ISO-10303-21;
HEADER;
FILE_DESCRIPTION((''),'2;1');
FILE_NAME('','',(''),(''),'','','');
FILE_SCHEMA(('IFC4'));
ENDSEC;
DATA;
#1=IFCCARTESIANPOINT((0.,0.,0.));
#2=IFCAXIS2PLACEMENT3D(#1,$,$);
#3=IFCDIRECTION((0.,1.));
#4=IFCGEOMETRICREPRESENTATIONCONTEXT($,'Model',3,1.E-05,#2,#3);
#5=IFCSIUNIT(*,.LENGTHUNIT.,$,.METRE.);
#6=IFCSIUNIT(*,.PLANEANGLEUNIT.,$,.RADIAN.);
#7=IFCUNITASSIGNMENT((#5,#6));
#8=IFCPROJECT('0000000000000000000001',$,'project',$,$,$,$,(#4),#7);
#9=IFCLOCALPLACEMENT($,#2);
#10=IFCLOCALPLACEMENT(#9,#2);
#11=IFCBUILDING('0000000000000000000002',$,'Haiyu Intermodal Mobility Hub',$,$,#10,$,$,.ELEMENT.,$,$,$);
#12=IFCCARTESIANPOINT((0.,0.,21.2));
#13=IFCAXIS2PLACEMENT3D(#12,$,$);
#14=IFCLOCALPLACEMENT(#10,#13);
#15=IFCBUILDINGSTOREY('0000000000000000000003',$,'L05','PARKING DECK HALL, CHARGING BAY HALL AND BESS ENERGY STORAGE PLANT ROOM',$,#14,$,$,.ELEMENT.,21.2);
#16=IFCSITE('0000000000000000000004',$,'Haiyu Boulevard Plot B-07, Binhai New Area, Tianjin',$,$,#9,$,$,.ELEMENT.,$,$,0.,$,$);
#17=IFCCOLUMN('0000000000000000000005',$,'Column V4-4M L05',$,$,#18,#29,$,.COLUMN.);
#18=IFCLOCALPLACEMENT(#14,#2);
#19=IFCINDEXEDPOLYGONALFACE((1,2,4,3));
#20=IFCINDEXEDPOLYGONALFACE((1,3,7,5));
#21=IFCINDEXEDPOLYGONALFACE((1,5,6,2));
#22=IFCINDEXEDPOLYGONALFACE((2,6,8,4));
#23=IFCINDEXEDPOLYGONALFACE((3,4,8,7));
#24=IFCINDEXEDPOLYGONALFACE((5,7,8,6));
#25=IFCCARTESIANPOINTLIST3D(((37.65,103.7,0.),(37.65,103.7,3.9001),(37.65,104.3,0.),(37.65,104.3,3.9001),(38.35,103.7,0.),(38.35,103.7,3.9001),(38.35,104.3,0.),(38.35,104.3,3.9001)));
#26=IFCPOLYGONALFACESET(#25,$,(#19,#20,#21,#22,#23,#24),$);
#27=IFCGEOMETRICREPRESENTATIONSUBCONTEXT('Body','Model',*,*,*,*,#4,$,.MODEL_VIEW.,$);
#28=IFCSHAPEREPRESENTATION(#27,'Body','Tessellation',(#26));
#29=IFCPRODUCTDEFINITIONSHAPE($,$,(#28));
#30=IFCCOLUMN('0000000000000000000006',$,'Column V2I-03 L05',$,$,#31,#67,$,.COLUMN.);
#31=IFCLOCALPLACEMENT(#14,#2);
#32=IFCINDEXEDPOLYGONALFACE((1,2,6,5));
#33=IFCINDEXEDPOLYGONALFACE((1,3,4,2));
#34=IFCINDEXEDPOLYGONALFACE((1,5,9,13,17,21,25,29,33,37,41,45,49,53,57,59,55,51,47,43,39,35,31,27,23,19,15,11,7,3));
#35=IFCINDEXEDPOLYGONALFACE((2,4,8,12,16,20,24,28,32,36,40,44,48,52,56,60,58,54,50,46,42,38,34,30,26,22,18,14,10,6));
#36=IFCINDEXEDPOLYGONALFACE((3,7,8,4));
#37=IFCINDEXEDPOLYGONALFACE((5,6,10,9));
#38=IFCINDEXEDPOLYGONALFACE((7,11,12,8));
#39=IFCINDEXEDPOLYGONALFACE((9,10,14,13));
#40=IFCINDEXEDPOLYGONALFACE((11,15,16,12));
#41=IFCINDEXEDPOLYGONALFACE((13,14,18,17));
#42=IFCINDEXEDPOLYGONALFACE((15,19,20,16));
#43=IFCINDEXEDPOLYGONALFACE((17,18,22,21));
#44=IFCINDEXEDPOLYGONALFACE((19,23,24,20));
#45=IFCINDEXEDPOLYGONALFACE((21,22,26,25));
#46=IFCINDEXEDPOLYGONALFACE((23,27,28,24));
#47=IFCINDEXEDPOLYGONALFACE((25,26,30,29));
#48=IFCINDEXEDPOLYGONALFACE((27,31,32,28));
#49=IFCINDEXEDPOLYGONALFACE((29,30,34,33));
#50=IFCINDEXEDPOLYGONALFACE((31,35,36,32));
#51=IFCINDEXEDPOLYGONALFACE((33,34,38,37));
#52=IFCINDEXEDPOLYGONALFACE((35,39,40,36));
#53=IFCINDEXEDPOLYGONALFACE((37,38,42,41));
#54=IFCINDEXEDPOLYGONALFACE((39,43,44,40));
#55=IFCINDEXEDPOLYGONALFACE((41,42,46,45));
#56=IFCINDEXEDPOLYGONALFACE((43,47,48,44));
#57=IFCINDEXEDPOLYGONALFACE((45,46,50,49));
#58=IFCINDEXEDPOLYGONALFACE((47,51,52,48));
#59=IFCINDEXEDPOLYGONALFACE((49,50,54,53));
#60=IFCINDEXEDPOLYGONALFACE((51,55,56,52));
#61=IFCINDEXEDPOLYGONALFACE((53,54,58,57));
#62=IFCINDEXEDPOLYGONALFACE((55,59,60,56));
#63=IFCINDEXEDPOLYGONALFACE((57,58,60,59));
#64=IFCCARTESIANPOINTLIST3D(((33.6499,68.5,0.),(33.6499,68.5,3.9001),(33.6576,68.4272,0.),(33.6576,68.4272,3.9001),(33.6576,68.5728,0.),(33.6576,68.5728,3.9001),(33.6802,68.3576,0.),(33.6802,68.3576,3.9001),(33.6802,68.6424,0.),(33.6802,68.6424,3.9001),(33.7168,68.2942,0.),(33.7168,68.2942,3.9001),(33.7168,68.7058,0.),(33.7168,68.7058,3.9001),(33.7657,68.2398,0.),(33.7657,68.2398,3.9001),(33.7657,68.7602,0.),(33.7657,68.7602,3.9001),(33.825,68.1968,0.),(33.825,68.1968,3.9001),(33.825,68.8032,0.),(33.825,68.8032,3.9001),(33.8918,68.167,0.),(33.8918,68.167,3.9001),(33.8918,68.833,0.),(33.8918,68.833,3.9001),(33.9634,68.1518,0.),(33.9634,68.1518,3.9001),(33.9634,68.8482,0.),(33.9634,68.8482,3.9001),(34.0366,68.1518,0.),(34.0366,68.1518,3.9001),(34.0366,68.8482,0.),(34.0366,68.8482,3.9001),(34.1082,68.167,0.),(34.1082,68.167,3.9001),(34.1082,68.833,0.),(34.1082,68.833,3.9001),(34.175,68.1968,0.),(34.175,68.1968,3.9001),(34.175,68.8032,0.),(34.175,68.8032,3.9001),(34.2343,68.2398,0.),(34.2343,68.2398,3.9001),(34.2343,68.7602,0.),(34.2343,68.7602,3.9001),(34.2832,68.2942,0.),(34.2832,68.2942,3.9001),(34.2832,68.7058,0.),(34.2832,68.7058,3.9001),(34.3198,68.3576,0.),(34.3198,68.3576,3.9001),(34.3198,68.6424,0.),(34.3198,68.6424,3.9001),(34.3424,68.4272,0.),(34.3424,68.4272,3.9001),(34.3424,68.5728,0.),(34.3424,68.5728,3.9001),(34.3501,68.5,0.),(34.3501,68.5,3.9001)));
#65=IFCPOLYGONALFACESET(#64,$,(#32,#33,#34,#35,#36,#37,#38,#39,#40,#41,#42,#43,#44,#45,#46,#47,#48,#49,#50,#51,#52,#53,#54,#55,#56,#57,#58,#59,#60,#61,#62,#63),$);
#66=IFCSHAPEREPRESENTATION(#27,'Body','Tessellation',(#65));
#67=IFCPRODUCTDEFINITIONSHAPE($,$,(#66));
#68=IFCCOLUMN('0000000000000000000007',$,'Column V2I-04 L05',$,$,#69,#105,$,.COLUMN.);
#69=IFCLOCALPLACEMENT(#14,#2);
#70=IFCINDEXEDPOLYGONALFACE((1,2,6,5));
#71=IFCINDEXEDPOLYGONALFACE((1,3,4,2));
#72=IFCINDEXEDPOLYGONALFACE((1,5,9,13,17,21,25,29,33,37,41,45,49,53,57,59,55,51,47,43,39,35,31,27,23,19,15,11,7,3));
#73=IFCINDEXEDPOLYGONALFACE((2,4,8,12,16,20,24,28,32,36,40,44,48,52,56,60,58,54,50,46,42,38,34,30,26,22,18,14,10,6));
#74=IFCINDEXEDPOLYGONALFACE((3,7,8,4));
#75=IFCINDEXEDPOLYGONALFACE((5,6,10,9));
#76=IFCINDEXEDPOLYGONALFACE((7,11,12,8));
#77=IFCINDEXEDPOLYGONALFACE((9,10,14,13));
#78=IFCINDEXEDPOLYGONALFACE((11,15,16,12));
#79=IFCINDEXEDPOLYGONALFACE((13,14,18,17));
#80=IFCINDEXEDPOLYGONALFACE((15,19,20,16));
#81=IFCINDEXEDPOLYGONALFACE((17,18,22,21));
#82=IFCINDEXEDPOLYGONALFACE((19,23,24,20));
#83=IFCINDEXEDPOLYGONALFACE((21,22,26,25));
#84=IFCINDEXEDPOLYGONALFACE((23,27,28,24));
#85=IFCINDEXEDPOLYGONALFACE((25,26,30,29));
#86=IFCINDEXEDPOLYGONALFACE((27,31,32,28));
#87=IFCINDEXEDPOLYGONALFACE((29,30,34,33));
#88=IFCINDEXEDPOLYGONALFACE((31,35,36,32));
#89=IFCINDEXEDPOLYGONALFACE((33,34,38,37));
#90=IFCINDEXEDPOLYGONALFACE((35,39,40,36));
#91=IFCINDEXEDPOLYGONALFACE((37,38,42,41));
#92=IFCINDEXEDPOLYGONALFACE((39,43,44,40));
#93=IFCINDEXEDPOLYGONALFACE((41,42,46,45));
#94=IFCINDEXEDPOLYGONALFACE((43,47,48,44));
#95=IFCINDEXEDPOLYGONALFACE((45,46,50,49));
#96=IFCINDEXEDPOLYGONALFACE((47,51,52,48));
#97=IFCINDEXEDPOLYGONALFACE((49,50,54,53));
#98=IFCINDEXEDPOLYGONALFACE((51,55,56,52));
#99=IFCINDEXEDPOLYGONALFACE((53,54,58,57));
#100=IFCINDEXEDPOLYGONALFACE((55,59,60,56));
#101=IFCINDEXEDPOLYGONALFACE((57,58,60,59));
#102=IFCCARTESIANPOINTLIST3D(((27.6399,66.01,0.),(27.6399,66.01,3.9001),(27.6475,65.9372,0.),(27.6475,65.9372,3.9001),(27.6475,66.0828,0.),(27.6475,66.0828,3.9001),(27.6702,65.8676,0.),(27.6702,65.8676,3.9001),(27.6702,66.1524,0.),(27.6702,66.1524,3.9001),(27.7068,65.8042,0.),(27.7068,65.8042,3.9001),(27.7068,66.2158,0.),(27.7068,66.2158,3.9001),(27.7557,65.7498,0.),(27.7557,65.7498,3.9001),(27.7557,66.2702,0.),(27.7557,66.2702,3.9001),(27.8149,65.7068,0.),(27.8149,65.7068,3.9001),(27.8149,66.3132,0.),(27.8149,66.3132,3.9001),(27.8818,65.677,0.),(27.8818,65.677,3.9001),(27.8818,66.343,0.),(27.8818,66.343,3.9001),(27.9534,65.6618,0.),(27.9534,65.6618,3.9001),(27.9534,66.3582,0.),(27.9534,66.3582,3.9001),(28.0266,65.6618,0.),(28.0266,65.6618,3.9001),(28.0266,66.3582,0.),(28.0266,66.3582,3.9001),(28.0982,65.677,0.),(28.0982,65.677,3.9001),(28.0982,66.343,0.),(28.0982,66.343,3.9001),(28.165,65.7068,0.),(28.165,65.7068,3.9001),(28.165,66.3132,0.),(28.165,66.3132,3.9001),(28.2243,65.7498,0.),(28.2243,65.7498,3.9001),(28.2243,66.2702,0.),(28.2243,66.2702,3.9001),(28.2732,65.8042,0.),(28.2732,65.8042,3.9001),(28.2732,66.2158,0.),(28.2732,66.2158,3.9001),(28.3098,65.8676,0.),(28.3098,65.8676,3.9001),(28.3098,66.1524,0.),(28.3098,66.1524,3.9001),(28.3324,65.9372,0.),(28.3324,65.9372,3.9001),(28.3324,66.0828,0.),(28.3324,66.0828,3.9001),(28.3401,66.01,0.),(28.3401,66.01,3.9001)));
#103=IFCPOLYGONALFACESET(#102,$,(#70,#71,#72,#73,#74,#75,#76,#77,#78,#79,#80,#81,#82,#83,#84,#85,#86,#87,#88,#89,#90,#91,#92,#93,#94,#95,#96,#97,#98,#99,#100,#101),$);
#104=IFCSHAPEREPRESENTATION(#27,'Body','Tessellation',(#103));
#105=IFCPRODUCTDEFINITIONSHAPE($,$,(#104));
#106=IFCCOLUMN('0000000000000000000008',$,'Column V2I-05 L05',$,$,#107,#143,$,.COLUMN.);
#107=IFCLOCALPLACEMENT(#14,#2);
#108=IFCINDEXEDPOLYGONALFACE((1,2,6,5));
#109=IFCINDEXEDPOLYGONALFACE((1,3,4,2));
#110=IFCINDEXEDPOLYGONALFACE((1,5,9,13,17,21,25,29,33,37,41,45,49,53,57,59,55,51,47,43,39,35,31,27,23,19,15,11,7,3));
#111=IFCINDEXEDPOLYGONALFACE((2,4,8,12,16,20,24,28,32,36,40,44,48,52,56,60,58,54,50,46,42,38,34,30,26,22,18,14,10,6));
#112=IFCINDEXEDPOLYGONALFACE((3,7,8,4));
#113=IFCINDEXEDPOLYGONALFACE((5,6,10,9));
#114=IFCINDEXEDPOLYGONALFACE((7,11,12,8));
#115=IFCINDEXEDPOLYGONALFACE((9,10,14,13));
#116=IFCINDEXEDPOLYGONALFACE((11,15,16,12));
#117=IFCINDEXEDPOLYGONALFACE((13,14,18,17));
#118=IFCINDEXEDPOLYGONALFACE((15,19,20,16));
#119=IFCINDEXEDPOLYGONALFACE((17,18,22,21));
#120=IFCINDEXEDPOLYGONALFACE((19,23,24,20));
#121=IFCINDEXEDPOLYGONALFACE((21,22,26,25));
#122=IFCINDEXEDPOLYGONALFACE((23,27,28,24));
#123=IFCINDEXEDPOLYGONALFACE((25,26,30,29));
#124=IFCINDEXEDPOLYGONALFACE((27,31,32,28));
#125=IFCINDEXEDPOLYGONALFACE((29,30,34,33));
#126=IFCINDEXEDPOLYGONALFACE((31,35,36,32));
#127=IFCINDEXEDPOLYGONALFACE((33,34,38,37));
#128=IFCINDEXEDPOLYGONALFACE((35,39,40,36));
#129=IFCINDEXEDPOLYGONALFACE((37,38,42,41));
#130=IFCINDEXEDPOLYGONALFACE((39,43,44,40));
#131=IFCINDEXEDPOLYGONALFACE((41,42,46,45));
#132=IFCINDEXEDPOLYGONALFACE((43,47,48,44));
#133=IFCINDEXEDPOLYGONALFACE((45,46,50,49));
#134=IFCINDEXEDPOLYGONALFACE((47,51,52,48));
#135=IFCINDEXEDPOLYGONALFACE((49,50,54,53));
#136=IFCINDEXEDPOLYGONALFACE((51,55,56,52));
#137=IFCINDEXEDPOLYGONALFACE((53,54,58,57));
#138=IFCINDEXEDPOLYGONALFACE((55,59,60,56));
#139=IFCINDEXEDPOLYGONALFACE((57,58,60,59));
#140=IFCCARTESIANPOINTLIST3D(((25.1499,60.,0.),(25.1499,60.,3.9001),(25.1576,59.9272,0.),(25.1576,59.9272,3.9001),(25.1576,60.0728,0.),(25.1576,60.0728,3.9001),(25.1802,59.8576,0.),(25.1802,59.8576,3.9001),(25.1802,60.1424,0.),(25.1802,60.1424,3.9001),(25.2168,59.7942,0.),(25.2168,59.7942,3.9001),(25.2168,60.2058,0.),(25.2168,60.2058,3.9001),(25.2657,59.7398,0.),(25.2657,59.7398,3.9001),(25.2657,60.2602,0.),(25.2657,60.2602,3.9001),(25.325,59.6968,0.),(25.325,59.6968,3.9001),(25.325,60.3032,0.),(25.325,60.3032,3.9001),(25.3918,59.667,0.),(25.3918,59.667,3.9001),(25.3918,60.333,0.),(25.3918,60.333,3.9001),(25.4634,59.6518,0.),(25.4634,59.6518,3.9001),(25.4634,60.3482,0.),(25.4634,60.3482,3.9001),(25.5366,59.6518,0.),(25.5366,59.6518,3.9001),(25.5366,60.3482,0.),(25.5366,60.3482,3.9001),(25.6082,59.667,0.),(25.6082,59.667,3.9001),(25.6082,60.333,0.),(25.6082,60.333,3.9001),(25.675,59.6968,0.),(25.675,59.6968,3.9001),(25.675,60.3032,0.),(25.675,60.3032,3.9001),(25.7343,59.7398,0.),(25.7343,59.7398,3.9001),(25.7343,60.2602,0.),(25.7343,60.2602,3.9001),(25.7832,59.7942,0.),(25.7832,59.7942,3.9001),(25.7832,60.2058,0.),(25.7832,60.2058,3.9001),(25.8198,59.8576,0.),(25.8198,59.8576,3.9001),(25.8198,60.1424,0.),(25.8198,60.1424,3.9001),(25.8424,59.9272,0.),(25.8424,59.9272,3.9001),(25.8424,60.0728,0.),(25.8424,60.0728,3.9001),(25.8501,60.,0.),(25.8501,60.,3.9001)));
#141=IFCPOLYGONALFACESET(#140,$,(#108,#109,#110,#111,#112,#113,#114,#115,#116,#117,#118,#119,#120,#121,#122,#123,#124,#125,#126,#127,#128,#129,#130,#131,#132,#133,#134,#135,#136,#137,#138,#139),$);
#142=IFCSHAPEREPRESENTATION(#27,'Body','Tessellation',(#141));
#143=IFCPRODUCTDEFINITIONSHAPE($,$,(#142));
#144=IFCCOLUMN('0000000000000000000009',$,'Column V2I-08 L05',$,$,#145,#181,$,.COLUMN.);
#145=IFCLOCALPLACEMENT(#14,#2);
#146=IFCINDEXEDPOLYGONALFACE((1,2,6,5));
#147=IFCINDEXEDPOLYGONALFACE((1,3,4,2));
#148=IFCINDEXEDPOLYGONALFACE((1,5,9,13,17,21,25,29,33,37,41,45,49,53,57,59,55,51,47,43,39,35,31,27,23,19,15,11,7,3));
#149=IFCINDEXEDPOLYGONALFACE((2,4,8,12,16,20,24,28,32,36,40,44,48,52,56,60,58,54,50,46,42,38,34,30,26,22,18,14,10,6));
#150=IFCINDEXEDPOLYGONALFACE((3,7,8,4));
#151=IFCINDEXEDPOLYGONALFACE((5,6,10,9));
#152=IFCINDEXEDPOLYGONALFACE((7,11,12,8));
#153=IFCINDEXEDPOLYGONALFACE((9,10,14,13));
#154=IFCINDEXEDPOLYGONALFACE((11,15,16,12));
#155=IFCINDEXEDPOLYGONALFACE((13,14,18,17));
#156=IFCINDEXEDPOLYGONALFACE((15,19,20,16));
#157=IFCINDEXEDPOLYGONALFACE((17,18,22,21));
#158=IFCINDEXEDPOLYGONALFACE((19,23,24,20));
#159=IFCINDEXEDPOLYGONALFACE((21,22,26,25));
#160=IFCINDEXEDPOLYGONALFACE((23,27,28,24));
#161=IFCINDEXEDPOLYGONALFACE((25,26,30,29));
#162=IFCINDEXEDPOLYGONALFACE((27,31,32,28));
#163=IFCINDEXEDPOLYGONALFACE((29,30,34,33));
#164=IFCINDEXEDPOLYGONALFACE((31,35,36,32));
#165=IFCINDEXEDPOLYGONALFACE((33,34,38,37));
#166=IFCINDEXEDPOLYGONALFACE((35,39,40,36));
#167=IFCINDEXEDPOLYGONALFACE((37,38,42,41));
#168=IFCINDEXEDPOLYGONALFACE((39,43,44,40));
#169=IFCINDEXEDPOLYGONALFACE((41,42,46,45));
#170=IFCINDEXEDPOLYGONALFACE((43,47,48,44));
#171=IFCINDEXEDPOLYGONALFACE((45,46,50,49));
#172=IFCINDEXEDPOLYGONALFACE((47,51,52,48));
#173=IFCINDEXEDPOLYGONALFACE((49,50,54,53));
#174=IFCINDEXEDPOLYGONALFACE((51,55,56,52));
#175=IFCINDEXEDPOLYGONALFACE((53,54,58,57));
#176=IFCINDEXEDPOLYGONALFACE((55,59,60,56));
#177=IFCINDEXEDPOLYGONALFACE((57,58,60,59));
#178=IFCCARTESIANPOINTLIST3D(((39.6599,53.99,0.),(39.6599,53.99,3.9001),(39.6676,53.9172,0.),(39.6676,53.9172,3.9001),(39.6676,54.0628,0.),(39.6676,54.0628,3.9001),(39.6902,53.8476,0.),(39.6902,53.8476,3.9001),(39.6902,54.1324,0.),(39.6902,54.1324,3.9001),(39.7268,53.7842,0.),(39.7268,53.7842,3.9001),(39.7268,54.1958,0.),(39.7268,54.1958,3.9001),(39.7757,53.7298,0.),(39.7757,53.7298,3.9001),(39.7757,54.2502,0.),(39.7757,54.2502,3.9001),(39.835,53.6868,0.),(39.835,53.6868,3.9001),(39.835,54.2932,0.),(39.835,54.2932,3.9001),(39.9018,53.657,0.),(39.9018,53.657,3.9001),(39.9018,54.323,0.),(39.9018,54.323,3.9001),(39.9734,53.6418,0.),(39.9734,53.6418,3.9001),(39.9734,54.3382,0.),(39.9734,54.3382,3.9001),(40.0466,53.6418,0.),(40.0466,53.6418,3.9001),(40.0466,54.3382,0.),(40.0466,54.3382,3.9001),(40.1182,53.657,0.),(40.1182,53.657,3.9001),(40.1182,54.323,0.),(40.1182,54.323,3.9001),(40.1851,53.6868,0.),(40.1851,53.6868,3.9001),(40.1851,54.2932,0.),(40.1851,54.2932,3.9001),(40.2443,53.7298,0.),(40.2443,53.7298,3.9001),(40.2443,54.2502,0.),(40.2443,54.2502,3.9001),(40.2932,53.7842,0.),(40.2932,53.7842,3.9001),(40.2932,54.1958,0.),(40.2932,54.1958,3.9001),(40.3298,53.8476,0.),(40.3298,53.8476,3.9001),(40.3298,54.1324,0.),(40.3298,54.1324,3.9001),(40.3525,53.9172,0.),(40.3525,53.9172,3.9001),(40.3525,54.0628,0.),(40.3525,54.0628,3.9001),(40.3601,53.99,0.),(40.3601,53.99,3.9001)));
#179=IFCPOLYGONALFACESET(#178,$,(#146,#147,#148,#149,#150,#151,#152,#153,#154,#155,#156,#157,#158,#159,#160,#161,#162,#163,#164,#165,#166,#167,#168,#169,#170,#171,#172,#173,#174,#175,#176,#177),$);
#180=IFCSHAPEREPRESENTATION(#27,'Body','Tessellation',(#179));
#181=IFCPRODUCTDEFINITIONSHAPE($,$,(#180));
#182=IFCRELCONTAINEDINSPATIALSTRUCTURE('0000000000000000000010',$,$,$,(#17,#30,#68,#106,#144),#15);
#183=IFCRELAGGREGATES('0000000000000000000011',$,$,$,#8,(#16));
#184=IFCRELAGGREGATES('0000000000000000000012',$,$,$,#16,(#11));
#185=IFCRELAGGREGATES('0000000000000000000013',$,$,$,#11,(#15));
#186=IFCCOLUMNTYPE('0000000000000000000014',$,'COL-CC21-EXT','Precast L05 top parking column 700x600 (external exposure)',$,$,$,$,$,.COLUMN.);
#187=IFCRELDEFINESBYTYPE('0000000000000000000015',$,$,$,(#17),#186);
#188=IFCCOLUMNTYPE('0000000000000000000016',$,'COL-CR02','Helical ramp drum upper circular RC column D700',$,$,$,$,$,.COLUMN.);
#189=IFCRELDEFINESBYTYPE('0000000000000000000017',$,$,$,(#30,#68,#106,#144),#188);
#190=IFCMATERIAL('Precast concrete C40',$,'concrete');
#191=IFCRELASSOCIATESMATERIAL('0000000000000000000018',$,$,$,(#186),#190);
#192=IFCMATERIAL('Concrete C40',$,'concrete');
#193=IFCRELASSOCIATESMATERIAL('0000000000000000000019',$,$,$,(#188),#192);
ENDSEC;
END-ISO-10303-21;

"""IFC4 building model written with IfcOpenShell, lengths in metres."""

from ifc_helpers import new_model, si_unit, direction, frame, origin, origin_2d, place, context, subcontext, project, spatial, rectangle, circle, extrude, material, material_profile, profile_set, type_object, element, save


model = new_model("IFC4")

# Units and contexts
model_context = context("Model", 3, precision=1e-05, world=origin(), true_north=direction((0.0, 1.0)))
body_context = subcontext(model_context, "Body", "Model", "MODEL_VIEW")
ifc_project = project(units=[si_unit("LENGTHUNIT", "METRE"), si_unit("PLANEANGLEUNIT", "RADIAN")], contexts=[model_context])

# Site, building, storey
site_placement = place(None, origin())
site = spatial("IfcSite", under=ifc_project, at=site_placement, Name="Haiyu Boulevard Plot B-07, Binhai New Area, Tianjin", CompositionType="ELEMENT", RefElevation=0.0)
building_placement = place(site_placement, origin())
building = spatial("IfcBuilding", under=site, at=building_placement, Name="Haiyu Intermodal Mobility Hub", CompositionType="ELEMENT")
storey_placement = place(building_placement, frame((0.0, 0.0, 21.2)))
storey = spatial("IfcBuildingStorey", under=building, at=storey_placement, Name="L05", Description="PARKING DECK HALL, CHARGING BAY HALL AND BESS ENERGY STORAGE PLANT ROOM", CompositionType="ELEMENT", Elevation=21.2)

# Columns
ifc_material_1 = material(Name="Precast concrete C40", Category="concrete")
ifc_material_profile_1 = material_profile(ifc_material_1, rectangle(XDim=0.7, YDim=0.6001, at=origin_2d()), Name="C700x600")
ifc_profile_set_1 = profile_set([ifc_material_profile_1], Name="Precast concrete C40")
column_type_1 = type_object("IfcColumnType", Name="COL-CC21-EXT", Description="Precast L05 top parking column 700x600 (external exposure)", PredefinedType="COLUMN", material=ifc_profile_set_1)
column_placement = place(storey_placement, frame((38.0, 104.0, 0.0), z_axis=(0.0, 0.0, 1.0), x_axis=(1.0, 0.0, 0.0)))
element("IfcColumn", 1, at=column_placement, inside=storey, type_object=column_type_1, Name="Column V4-4M L05", PredefinedType="COLUMN", context=body_context, shape_type="SweptSolid", body=[
    extrude(rectangle(XDim=0.7, YDim=0.6001, at=origin_2d()), origin(), (0.0, 0.0, 1.0), 3.9001),
])
ifc_material_2 = material(Name="Concrete C40", Category="concrete")
ifc_material_profile_2 = material_profile(ifc_material_2, circle(Radius=0.3501, at=origin_2d()), Name="RCCOL-D700")
ifc_profile_set_2 = profile_set([ifc_material_profile_2], Name="Concrete C40")
column_type_2 = type_object("IfcColumnType", Name="COL-CR02", Description="Helical ramp drum upper circular RC column D700", PredefinedType="COLUMN", material=ifc_profile_set_2)
for number, where, z_axis, x_axis, name in (
    (2, (34.0, 68.5, 0.0), (0.0, 0.0, 1.0), (1.0, 0.0, 0.0), "Column V2I-03 L05"),
    (3, (27.99, 66.01, 0.0), (0.0, 0.0, 1.0), (1.0, 0.0, 0.0), "Column V2I-04 L05"),
    (4, (25.5, 60.0, 0.0), (0.0, 0.0, 1.0), (1.0, 0.0, 0.0), "Column V2I-05 L05"),
    (5, (40.01, 53.99, 0.0), (0.0, 0.0, 1.0), (1.0, 0.0, 0.0), "Column V2I-08 L05"),
):
    element("IfcColumn", number, at=place(storey_placement, frame(where, z_axis=z_axis, x_axis=x_axis)), inside=storey, type_object=column_type_2, Name=name, PredefinedType="COLUMN", context=body_context, shape_type="SweptSolid", body=[
        extrude(circle(Radius=0.3501, at=origin_2d()), origin(), (0.0, 0.0, 1.0), 3.9001),
    ])

save(model, "model.ifc")
